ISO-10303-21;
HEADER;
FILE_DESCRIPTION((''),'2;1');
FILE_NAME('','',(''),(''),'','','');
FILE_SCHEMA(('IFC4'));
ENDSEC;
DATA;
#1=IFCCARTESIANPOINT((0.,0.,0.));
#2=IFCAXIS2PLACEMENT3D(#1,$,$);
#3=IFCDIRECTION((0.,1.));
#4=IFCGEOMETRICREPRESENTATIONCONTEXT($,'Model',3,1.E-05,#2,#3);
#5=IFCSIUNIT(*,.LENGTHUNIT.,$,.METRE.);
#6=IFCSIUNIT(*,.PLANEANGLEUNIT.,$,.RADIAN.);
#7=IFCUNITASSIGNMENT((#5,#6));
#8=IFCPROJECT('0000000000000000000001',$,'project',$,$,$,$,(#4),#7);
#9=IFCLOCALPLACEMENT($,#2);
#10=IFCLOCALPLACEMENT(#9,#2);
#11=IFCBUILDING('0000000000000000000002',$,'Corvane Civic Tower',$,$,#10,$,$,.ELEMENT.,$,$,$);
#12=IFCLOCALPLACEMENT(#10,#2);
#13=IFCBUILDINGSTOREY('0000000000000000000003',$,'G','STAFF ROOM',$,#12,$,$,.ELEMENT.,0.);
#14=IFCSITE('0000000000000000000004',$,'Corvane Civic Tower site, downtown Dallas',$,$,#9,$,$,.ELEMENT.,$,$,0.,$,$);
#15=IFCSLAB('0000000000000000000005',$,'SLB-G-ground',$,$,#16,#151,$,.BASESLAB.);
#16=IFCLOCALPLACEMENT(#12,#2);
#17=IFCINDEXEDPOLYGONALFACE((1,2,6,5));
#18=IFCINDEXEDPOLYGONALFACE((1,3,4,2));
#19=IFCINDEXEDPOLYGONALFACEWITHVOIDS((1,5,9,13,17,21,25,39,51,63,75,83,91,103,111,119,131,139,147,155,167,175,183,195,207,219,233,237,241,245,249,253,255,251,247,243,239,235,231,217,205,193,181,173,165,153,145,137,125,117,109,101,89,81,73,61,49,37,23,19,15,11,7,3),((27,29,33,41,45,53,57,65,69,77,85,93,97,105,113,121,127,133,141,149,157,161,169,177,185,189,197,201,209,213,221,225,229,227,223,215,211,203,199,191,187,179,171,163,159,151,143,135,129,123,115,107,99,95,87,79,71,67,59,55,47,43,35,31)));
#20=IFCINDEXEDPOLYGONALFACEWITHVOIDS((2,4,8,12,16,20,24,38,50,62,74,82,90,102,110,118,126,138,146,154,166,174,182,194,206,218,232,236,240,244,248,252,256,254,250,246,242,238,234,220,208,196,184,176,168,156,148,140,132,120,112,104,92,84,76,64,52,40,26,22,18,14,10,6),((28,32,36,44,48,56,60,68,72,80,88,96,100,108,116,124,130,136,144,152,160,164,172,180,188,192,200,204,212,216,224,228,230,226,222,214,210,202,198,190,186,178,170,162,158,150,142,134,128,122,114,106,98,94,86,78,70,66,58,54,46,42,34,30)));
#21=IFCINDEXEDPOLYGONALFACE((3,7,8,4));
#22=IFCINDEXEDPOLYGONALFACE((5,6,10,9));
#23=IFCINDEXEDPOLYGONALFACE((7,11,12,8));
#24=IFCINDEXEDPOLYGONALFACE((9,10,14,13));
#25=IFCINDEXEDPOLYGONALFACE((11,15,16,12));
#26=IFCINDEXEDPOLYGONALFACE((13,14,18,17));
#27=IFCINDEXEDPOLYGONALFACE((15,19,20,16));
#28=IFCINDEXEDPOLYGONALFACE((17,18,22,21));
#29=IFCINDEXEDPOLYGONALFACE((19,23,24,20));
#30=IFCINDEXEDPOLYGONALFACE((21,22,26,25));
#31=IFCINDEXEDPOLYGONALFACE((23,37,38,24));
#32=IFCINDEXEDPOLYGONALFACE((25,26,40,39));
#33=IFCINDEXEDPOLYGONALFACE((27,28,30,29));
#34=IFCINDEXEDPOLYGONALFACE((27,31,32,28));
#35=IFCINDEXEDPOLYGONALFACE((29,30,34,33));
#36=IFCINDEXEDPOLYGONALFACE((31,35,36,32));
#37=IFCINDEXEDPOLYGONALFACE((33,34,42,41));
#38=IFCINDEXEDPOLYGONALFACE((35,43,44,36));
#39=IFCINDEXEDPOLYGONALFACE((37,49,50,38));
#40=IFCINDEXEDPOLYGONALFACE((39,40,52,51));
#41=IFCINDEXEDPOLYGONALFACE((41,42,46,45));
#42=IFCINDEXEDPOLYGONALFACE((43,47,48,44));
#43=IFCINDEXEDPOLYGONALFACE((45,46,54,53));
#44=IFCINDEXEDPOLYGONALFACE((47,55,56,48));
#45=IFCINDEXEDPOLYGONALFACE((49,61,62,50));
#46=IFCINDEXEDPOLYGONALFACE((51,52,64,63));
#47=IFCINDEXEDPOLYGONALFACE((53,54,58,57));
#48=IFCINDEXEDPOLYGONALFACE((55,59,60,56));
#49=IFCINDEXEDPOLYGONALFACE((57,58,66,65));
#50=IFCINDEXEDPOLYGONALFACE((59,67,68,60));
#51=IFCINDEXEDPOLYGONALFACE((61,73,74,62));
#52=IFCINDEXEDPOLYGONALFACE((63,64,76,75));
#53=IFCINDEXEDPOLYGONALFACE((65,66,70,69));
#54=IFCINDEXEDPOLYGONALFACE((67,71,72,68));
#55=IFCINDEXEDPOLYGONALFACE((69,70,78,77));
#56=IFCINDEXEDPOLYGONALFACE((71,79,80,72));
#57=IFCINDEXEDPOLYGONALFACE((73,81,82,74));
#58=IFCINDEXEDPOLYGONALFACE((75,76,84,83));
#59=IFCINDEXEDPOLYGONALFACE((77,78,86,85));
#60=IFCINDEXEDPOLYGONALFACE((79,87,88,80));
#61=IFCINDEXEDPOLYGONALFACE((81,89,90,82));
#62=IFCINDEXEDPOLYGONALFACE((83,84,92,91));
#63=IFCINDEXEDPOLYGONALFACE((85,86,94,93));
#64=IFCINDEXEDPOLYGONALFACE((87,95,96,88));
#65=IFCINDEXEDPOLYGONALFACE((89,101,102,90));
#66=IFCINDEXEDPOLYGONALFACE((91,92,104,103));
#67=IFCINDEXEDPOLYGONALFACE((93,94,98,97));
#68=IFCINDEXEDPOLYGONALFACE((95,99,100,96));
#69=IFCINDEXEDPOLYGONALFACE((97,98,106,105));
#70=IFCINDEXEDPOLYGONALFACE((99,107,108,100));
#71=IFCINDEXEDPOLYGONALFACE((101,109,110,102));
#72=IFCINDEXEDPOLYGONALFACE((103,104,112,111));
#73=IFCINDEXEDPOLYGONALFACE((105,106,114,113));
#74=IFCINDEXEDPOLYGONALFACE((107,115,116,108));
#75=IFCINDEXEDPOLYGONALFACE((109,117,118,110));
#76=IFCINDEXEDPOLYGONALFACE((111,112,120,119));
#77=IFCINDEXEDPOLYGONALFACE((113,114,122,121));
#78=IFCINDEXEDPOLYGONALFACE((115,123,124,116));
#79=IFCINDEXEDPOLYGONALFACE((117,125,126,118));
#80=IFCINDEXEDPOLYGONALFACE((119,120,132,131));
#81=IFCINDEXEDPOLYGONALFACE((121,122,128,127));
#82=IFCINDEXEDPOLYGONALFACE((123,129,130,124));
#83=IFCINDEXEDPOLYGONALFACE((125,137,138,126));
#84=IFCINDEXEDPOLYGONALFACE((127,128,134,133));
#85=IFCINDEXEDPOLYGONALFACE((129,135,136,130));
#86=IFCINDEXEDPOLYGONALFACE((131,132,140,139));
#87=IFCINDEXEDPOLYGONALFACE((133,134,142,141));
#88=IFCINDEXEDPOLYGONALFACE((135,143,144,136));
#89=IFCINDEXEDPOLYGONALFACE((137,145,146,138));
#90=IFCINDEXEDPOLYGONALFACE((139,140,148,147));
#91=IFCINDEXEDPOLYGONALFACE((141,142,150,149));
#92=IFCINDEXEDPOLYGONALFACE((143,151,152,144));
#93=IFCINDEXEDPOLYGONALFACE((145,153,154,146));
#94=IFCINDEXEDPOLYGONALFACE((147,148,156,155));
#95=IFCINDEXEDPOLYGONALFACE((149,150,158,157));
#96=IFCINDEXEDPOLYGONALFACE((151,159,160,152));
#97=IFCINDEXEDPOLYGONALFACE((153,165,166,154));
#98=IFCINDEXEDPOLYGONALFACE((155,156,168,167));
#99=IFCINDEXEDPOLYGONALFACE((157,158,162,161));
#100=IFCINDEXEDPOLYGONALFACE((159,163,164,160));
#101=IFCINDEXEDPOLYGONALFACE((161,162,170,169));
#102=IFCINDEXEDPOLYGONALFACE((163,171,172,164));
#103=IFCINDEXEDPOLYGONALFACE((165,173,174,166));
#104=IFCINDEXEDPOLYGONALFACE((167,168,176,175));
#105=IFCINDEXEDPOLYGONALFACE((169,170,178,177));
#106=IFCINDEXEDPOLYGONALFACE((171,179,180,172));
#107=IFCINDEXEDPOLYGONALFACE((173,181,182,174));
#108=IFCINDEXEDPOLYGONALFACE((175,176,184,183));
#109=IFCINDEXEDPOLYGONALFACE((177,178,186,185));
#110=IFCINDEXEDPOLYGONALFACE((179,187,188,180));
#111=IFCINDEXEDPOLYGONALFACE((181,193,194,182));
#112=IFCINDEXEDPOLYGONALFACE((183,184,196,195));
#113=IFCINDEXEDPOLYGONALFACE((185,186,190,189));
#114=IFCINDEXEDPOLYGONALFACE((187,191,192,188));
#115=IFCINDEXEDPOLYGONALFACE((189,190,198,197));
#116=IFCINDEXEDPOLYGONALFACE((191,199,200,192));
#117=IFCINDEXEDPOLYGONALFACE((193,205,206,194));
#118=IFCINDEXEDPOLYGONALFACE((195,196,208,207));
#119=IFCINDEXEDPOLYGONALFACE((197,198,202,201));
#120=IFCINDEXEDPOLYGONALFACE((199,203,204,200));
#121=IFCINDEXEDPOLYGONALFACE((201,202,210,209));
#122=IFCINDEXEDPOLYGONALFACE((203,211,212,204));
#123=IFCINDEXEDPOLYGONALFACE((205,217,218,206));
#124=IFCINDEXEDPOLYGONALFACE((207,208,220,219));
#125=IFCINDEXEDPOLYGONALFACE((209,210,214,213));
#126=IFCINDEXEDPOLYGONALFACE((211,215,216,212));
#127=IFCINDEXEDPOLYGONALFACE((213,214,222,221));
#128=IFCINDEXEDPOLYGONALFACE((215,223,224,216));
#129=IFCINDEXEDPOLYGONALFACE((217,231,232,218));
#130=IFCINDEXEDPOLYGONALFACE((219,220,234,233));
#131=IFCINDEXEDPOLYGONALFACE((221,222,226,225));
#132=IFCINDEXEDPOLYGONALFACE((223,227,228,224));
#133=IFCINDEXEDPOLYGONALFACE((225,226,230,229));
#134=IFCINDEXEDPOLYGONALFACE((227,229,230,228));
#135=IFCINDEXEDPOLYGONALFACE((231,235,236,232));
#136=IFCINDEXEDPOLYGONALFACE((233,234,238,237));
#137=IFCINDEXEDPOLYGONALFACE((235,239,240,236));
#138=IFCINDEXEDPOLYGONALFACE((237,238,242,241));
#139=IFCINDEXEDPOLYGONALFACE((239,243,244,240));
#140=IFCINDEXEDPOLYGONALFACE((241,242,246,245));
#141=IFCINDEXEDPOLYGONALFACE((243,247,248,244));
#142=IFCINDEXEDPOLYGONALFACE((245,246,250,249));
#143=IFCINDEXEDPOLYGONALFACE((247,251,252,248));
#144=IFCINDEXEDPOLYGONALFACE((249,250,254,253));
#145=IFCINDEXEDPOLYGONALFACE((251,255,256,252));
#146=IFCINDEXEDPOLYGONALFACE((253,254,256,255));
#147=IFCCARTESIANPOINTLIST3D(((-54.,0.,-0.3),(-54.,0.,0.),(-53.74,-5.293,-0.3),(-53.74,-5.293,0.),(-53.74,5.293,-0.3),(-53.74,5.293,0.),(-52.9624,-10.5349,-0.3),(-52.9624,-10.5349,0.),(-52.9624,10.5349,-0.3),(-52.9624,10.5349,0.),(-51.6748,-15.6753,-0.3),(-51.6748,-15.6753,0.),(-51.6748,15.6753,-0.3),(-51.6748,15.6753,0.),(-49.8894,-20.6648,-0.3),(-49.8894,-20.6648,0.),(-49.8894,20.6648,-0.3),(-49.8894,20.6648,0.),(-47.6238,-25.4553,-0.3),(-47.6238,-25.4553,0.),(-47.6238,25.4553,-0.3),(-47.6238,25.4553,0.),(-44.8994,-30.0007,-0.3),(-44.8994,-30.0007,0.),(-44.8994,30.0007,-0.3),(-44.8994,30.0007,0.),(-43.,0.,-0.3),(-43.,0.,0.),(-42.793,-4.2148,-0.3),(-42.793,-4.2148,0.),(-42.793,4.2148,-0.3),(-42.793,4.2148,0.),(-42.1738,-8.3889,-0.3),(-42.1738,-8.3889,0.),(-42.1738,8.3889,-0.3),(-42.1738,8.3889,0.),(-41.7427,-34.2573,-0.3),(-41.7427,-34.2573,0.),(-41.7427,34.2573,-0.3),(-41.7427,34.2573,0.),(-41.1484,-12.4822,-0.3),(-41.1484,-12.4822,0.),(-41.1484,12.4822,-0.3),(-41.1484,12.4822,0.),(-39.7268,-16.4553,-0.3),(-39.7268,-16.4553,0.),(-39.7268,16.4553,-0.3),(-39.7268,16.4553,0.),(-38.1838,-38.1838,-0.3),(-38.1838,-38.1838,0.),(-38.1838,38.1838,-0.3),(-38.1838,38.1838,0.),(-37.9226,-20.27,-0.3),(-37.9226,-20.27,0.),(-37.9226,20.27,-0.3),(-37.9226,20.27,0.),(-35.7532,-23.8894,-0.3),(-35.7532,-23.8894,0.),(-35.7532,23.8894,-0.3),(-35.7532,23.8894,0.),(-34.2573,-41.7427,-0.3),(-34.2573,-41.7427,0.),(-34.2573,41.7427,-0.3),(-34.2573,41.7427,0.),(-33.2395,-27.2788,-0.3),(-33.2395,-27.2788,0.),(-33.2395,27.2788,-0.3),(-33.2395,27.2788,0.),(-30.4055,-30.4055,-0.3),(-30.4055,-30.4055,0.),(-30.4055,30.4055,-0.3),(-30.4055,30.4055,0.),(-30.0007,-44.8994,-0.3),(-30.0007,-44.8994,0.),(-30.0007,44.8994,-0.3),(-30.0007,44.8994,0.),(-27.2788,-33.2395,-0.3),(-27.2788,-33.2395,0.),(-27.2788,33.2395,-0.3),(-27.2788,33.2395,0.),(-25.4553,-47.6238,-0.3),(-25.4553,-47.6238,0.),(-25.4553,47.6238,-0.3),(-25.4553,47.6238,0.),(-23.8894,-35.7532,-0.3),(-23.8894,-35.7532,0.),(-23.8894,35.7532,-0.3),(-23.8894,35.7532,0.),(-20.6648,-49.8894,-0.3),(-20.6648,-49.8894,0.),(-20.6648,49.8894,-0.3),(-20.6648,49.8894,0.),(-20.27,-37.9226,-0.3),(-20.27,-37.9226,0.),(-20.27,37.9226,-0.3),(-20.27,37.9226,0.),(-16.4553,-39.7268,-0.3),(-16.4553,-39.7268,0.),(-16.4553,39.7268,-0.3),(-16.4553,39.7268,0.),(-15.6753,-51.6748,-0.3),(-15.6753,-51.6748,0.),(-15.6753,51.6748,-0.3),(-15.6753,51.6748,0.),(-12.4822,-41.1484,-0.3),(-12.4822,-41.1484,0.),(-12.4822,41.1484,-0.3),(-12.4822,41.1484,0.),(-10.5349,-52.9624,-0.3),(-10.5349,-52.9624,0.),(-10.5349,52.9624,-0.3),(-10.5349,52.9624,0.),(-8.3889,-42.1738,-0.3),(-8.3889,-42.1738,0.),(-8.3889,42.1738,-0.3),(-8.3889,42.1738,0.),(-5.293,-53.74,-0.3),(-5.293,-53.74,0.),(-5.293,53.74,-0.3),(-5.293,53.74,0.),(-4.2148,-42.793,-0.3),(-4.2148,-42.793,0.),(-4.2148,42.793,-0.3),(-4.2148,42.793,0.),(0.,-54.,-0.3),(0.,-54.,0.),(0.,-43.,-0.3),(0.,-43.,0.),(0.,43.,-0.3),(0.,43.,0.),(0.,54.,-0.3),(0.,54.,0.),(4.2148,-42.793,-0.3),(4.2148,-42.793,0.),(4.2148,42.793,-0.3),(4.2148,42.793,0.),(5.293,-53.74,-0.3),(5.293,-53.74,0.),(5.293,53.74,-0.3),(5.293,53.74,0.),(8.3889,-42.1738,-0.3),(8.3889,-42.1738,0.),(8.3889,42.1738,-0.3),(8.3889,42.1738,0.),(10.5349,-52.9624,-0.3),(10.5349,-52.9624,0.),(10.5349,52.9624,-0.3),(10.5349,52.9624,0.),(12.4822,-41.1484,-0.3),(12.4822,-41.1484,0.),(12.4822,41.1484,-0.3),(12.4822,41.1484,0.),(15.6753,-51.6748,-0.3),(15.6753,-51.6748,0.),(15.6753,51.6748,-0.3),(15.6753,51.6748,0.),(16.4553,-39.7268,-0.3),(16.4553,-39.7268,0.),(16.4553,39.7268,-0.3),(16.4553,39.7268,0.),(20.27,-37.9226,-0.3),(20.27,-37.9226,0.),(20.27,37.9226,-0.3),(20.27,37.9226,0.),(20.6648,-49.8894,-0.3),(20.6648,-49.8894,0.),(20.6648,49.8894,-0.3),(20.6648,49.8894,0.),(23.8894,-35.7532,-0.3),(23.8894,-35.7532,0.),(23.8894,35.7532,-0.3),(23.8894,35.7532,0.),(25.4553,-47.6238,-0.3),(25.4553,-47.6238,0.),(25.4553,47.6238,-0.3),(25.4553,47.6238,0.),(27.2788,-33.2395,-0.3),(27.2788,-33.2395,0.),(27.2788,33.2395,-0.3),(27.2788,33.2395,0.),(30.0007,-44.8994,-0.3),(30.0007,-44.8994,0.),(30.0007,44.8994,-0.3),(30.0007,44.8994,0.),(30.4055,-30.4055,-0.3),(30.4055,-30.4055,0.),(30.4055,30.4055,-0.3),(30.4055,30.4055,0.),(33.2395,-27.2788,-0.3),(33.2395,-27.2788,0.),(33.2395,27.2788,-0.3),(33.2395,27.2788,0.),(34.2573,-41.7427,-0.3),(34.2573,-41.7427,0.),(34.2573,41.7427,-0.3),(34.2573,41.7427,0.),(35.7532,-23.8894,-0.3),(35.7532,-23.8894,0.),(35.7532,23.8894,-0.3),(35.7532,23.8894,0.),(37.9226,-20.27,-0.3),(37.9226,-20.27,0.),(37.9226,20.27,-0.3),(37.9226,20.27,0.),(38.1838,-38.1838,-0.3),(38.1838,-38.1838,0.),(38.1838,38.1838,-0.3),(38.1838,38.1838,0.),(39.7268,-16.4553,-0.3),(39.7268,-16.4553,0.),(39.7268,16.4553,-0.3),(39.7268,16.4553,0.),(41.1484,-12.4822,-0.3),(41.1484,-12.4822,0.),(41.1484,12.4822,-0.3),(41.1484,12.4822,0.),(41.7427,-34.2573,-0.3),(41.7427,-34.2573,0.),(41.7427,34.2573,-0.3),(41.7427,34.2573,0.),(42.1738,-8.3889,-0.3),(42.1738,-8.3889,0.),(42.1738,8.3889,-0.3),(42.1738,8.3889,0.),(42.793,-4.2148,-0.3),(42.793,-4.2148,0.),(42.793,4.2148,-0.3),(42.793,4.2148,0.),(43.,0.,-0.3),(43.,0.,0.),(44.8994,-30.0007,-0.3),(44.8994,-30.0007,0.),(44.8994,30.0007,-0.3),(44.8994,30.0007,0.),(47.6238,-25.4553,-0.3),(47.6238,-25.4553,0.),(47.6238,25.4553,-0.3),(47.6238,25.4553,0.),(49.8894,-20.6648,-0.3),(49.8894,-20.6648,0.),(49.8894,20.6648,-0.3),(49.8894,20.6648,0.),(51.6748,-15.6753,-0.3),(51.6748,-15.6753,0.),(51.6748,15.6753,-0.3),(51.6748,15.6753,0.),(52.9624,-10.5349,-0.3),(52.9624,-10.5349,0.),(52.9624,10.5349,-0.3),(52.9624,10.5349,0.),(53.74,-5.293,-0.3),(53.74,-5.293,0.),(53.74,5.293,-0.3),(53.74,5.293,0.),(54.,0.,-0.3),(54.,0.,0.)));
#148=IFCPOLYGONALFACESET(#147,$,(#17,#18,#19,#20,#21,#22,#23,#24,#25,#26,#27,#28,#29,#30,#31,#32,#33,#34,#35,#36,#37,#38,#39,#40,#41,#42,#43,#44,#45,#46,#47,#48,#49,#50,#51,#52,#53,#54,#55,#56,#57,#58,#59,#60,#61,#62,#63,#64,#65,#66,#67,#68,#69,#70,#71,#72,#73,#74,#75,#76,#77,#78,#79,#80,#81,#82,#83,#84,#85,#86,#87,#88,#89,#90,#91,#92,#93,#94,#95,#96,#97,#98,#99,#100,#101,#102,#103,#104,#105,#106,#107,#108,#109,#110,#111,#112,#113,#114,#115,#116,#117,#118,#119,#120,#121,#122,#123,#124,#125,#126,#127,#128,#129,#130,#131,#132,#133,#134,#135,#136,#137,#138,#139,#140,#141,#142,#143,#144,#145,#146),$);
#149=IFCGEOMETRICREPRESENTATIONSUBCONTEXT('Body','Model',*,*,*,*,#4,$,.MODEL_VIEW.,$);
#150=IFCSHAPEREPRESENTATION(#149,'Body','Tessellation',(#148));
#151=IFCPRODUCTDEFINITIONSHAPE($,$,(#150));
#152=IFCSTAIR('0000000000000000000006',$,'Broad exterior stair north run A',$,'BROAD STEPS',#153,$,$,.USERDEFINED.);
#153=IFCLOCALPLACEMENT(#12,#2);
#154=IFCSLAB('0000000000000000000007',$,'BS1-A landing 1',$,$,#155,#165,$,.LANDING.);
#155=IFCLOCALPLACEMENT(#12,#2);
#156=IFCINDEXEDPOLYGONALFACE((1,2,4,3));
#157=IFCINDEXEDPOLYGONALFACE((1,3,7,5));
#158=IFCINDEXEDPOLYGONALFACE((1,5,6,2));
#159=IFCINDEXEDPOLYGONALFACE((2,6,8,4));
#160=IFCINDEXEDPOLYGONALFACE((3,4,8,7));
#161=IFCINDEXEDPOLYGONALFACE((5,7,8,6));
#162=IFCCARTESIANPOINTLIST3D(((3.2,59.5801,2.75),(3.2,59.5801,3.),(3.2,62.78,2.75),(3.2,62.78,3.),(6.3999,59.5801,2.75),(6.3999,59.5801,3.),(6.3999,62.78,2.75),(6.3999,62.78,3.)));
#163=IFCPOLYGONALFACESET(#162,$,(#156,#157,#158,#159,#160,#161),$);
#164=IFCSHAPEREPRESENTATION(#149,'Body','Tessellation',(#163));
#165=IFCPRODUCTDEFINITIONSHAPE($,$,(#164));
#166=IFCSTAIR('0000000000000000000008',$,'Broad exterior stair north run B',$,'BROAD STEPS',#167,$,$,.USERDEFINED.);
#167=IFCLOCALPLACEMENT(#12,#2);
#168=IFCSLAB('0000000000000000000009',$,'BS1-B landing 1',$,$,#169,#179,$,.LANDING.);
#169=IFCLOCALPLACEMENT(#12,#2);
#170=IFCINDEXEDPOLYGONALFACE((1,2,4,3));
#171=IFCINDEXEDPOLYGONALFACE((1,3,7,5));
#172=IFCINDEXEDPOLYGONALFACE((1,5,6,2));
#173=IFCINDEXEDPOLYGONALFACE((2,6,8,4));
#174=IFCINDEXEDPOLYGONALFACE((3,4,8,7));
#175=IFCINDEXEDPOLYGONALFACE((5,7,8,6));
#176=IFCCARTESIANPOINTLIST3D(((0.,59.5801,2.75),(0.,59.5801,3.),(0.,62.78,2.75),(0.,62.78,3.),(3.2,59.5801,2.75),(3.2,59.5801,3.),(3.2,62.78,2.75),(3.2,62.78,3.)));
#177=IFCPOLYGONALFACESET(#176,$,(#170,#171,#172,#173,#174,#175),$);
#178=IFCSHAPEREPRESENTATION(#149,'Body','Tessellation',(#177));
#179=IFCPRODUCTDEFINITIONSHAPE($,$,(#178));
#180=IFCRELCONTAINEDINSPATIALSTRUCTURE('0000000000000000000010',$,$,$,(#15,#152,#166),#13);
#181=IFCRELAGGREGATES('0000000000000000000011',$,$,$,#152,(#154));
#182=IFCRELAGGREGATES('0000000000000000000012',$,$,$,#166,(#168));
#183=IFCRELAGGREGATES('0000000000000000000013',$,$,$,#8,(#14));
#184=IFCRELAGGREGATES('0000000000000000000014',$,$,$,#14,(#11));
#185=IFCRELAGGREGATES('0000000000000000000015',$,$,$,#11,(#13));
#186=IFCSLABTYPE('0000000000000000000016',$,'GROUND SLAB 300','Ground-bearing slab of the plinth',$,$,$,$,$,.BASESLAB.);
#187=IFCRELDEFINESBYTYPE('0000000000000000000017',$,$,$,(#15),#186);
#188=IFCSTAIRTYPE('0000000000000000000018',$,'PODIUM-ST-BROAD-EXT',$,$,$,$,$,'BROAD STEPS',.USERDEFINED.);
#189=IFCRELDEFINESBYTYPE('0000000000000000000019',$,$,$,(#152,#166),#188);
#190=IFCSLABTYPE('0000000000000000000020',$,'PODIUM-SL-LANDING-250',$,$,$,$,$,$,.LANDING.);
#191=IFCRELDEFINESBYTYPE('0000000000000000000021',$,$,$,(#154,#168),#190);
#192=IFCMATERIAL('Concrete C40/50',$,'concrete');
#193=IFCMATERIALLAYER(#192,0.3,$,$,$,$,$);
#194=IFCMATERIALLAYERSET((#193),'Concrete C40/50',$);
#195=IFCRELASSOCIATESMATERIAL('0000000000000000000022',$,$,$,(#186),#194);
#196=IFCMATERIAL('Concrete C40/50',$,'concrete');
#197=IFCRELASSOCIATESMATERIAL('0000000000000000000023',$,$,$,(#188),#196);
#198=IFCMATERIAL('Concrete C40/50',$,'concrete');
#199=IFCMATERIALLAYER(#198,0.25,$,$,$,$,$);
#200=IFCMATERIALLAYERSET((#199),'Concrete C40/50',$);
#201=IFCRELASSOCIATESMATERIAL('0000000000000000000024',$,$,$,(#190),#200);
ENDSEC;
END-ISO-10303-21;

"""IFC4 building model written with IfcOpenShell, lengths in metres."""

from ifc_helpers import new_model, si_unit, direction, frame, origin, place, context, subcontext, project, spatial, polyline, outline, extrude, material, layer, layer_set, type_object, element, aggregate, save


model = new_model("IFC4")

# Units and contexts
model_context = context("Model", 3, precision=1e-05, world=origin(), true_north=direction((0.0, 1.0)))
body_context = subcontext(model_context, "Body", "Model", "MODEL_VIEW")
ifc_project = project(units=[si_unit("LENGTHUNIT", "METRE"), si_unit("PLANEANGLEUNIT", "RADIAN")], contexts=[model_context])

# Site, building, storey
site_placement = place(None, origin())
site = spatial("IfcSite", under=ifc_project, at=site_placement, Name="Corvane Civic Tower site, downtown Dallas", CompositionType="ELEMENT", RefElevation=0.0)
building_placement = place(site_placement, origin())
building = spatial("IfcBuilding", under=site, at=building_placement, Name="Corvane Civic Tower", CompositionType="ELEMENT")
storey_placement = place(building_placement, origin())
storey = spatial("IfcBuildingStorey", under=building, at=storey_placement, Name="G", Description="STAFF ROOM", CompositionType="ELEMENT", Elevation=0.0)

# Slab
ifc_material_1 = material(Name="Concrete C40/50", Category="concrete")
ifc_layer_1 = layer(ifc_material_1, 0.3)
ifc_layer_set_1 = layer_set([ifc_layer_1], Name="Concrete C40/50")
slab_type_1 = type_object("IfcSlabType", Name="GROUND SLAB 300", Description="Ground-bearing slab of the plinth", PredefinedType="BASESLAB", material=ifc_layer_set_1)
slab_1_placement = place(storey_placement, frame((0.0, 0.0, -0.3)))
element("IfcSlab", 1, at=slab_1_placement, inside=storey, type_object=slab_type_1, Name="SLB-G-ground", PredefinedType="BASESLAB", context=body_context, shape_type="SweptSolid", body=[
    extrude(outline(polyline([(0.0, 54.0), (-5.293, 53.74), (-10.5349, 52.9624), (-15.6753, 51.6748), (-20.6648, 49.8894), (-25.4553, 47.6238), (-30.0007, 44.8994), (-34.2573, 41.7427), (-38.1838, 38.1838), (-41.7427, 34.2573), (-44.8994, 30.0007), (-47.6238, 25.4553), (-49.8894, 20.6648), (-51.6748, 15.6753), (-52.9624, 10.5349), (-53.74, 5.293), (-54.0, 0.0), (-53.74, -5.293), (-52.9624, -10.5349), (-51.6748, -15.6753), (-49.8894, -20.6648), (-47.6238, -25.4553), (-44.8994, -30.0007), (-41.7427, -34.2573), (-38.1838, -38.1838), (-34.2573, -41.7427), (-30.0007, -44.8994), (-25.4553, -47.6238), (-20.6648, -49.8894), (-15.6753, -51.6748), (-10.5349, -52.9624), (-5.293, -53.74), (0.0, -54.0), (5.293, -53.74), (10.5349, -52.9624), (15.6753, -51.6748), (20.6648, -49.8894), (25.4553, -47.6238), (30.0007, -44.8994), (34.2573, -41.7427), (38.1838, -38.1838), (41.7427, -34.2573), (44.8994, -30.0007), (47.6238, -25.4553), (49.8894, -20.6648), (51.6748, -15.6753), (52.9624, -10.5349), (53.74, -5.293), (54.0, 0.0), (53.74, 5.293), (52.9624, 10.5349), (51.6748, 15.6753), (49.8894, 20.6648), (47.6238, 25.4553), (44.8994, 30.0007), (41.7427, 34.2573), (38.1838, 38.1838), (34.2573, 41.7427), (30.0007, 44.8994), (25.4553, 47.6238), (20.6648, 49.8894), (15.6753, 51.6748), (10.5349, 52.9624), (5.293, 53.74), (0.0, 54.0)]), holes=[polyline([(0.0, 43.0), (-4.2148, 42.793), (-8.3889, 42.1738), (-12.4822, 41.1484), (-16.4553, 39.7268), (-20.27, 37.9226), (-23.8894, 35.7532), (-27.2788, 33.2395), (-30.4055, 30.4055), (-33.2395, 27.2788), (-35.7532, 23.8894), (-37.9226, 20.27), (-39.7268, 16.4553), (-41.1484, 12.4822), (-42.1738, 8.3889), (-42.793, 4.2148), (-43.0, 0.0), (-42.793, -4.2148), (-42.1738, -8.3889), (-41.1484, -12.4822), (-39.7268, -16.4553), (-37.9226, -20.27), (-35.7532, -23.8894), (-33.2395, -27.2788), (-30.4055, -30.4055), (-27.2788, -33.2395), (-23.8894, -35.7532), (-20.27, -37.9226), (-16.4553, -39.7268), (-12.4822, -41.1484), (-8.3889, -42.1738), (-4.2148, -42.793), (0.0, -43.0), (4.2148, -42.793), (8.3889, -42.1738), (12.4822, -41.1484), (16.4553, -39.7268), (20.27, -37.9226), (23.8894, -35.7532), (27.2788, -33.2395), (30.4055, -30.4055), (33.2395, -27.2788), (35.7532, -23.8894), (37.9226, -20.27), (39.7268, -16.4553), (41.1484, -12.4822), (42.1738, -8.3889), (42.793, -4.2148), (43.0, 0.0), (42.793, 4.2148), (42.1738, 8.3889), (41.1484, 12.4822), (39.7268, 16.4553), (37.9226, 20.27), (35.7532, 23.8894), (33.2395, 27.2788), (30.4055, 30.4055), (27.2788, 33.2395), (23.8894, 35.7532), (20.27, 37.9226), (16.4553, 39.7268), (12.4822, 41.1484), (8.3889, 42.1738), (4.2148, 42.793), (0.0, 43.0)])]), origin(), (0.0, 0.0, 1.0), 0.3),
])

# Stairs, slabs
ifc_material_2 = material(Name="Concrete C40/50", Category="concrete")
stair_type_1 = type_object("IfcStairType", Name="PODIUM-ST-BROAD-EXT", ElementType="BROAD STEPS", PredefinedType="USERDEFINED", material=ifc_material_2)
stair_1_placement = place(storey_placement, origin())
stair_1 = element("IfcStair", 2, at=stair_1_placement, inside=storey, type_object=stair_type_1, Name="Broad exterior stair north run A", ObjectType="BROAD STEPS", PredefinedType="USERDEFINED")
ifc_material_3 = material(Name="Concrete C40/50", Category="concrete")
ifc_layer_2 = layer(ifc_material_3, 0.25)
ifc_layer_set_2 = layer_set([ifc_layer_2], Name="Concrete C40/50")
slab_type_2 = type_object("IfcSlabType", Name="PODIUM-SL-LANDING-250", PredefinedType="LANDING", material=ifc_layer_set_2)
slab_2_placement = place(storey_placement, frame((0.0, 0.0, 2.75)))
slab_2 = element("IfcSlab", 3, at=slab_2_placement, type_object=slab_type_2, Name="BS1-A landing 1", PredefinedType="LANDING", context=body_context, shape_type="SweptSolid", body=[
    extrude(outline(polyline([(6.3999, 59.5801), (3.2, 59.5801), (3.2, 62.78), (6.3999, 62.78), (6.3999, 59.5801)])), origin(), (0.0, 0.0, 1.0), 0.25),
])
aggregate(stair_1, [slab_2])
stair_2_placement = place(storey_placement, origin())
stair_2 = element("IfcStair", 4, at=stair_2_placement, inside=storey, type_object=stair_type_1, Name="Broad exterior stair north run B", ObjectType="BROAD STEPS", PredefinedType="USERDEFINED")
slab_3_placement = place(storey_placement, frame((0.0, 0.0, 2.75)))
slab_3 = element("IfcSlab", 5, at=slab_3_placement, type_object=slab_type_2, Name="BS1-B landing 1", PredefinedType="LANDING", context=body_context, shape_type="SweptSolid", body=[
    extrude(outline(polyline([(3.2, 59.5801), (0.0, 59.5801), (0.0, 62.78), (3.2, 62.78), (3.2, 59.5801)])), origin(), (0.0, 0.0, 1.0), 0.25),
])
aggregate(stair_2, [slab_3])

save(model, "model.ifc")
